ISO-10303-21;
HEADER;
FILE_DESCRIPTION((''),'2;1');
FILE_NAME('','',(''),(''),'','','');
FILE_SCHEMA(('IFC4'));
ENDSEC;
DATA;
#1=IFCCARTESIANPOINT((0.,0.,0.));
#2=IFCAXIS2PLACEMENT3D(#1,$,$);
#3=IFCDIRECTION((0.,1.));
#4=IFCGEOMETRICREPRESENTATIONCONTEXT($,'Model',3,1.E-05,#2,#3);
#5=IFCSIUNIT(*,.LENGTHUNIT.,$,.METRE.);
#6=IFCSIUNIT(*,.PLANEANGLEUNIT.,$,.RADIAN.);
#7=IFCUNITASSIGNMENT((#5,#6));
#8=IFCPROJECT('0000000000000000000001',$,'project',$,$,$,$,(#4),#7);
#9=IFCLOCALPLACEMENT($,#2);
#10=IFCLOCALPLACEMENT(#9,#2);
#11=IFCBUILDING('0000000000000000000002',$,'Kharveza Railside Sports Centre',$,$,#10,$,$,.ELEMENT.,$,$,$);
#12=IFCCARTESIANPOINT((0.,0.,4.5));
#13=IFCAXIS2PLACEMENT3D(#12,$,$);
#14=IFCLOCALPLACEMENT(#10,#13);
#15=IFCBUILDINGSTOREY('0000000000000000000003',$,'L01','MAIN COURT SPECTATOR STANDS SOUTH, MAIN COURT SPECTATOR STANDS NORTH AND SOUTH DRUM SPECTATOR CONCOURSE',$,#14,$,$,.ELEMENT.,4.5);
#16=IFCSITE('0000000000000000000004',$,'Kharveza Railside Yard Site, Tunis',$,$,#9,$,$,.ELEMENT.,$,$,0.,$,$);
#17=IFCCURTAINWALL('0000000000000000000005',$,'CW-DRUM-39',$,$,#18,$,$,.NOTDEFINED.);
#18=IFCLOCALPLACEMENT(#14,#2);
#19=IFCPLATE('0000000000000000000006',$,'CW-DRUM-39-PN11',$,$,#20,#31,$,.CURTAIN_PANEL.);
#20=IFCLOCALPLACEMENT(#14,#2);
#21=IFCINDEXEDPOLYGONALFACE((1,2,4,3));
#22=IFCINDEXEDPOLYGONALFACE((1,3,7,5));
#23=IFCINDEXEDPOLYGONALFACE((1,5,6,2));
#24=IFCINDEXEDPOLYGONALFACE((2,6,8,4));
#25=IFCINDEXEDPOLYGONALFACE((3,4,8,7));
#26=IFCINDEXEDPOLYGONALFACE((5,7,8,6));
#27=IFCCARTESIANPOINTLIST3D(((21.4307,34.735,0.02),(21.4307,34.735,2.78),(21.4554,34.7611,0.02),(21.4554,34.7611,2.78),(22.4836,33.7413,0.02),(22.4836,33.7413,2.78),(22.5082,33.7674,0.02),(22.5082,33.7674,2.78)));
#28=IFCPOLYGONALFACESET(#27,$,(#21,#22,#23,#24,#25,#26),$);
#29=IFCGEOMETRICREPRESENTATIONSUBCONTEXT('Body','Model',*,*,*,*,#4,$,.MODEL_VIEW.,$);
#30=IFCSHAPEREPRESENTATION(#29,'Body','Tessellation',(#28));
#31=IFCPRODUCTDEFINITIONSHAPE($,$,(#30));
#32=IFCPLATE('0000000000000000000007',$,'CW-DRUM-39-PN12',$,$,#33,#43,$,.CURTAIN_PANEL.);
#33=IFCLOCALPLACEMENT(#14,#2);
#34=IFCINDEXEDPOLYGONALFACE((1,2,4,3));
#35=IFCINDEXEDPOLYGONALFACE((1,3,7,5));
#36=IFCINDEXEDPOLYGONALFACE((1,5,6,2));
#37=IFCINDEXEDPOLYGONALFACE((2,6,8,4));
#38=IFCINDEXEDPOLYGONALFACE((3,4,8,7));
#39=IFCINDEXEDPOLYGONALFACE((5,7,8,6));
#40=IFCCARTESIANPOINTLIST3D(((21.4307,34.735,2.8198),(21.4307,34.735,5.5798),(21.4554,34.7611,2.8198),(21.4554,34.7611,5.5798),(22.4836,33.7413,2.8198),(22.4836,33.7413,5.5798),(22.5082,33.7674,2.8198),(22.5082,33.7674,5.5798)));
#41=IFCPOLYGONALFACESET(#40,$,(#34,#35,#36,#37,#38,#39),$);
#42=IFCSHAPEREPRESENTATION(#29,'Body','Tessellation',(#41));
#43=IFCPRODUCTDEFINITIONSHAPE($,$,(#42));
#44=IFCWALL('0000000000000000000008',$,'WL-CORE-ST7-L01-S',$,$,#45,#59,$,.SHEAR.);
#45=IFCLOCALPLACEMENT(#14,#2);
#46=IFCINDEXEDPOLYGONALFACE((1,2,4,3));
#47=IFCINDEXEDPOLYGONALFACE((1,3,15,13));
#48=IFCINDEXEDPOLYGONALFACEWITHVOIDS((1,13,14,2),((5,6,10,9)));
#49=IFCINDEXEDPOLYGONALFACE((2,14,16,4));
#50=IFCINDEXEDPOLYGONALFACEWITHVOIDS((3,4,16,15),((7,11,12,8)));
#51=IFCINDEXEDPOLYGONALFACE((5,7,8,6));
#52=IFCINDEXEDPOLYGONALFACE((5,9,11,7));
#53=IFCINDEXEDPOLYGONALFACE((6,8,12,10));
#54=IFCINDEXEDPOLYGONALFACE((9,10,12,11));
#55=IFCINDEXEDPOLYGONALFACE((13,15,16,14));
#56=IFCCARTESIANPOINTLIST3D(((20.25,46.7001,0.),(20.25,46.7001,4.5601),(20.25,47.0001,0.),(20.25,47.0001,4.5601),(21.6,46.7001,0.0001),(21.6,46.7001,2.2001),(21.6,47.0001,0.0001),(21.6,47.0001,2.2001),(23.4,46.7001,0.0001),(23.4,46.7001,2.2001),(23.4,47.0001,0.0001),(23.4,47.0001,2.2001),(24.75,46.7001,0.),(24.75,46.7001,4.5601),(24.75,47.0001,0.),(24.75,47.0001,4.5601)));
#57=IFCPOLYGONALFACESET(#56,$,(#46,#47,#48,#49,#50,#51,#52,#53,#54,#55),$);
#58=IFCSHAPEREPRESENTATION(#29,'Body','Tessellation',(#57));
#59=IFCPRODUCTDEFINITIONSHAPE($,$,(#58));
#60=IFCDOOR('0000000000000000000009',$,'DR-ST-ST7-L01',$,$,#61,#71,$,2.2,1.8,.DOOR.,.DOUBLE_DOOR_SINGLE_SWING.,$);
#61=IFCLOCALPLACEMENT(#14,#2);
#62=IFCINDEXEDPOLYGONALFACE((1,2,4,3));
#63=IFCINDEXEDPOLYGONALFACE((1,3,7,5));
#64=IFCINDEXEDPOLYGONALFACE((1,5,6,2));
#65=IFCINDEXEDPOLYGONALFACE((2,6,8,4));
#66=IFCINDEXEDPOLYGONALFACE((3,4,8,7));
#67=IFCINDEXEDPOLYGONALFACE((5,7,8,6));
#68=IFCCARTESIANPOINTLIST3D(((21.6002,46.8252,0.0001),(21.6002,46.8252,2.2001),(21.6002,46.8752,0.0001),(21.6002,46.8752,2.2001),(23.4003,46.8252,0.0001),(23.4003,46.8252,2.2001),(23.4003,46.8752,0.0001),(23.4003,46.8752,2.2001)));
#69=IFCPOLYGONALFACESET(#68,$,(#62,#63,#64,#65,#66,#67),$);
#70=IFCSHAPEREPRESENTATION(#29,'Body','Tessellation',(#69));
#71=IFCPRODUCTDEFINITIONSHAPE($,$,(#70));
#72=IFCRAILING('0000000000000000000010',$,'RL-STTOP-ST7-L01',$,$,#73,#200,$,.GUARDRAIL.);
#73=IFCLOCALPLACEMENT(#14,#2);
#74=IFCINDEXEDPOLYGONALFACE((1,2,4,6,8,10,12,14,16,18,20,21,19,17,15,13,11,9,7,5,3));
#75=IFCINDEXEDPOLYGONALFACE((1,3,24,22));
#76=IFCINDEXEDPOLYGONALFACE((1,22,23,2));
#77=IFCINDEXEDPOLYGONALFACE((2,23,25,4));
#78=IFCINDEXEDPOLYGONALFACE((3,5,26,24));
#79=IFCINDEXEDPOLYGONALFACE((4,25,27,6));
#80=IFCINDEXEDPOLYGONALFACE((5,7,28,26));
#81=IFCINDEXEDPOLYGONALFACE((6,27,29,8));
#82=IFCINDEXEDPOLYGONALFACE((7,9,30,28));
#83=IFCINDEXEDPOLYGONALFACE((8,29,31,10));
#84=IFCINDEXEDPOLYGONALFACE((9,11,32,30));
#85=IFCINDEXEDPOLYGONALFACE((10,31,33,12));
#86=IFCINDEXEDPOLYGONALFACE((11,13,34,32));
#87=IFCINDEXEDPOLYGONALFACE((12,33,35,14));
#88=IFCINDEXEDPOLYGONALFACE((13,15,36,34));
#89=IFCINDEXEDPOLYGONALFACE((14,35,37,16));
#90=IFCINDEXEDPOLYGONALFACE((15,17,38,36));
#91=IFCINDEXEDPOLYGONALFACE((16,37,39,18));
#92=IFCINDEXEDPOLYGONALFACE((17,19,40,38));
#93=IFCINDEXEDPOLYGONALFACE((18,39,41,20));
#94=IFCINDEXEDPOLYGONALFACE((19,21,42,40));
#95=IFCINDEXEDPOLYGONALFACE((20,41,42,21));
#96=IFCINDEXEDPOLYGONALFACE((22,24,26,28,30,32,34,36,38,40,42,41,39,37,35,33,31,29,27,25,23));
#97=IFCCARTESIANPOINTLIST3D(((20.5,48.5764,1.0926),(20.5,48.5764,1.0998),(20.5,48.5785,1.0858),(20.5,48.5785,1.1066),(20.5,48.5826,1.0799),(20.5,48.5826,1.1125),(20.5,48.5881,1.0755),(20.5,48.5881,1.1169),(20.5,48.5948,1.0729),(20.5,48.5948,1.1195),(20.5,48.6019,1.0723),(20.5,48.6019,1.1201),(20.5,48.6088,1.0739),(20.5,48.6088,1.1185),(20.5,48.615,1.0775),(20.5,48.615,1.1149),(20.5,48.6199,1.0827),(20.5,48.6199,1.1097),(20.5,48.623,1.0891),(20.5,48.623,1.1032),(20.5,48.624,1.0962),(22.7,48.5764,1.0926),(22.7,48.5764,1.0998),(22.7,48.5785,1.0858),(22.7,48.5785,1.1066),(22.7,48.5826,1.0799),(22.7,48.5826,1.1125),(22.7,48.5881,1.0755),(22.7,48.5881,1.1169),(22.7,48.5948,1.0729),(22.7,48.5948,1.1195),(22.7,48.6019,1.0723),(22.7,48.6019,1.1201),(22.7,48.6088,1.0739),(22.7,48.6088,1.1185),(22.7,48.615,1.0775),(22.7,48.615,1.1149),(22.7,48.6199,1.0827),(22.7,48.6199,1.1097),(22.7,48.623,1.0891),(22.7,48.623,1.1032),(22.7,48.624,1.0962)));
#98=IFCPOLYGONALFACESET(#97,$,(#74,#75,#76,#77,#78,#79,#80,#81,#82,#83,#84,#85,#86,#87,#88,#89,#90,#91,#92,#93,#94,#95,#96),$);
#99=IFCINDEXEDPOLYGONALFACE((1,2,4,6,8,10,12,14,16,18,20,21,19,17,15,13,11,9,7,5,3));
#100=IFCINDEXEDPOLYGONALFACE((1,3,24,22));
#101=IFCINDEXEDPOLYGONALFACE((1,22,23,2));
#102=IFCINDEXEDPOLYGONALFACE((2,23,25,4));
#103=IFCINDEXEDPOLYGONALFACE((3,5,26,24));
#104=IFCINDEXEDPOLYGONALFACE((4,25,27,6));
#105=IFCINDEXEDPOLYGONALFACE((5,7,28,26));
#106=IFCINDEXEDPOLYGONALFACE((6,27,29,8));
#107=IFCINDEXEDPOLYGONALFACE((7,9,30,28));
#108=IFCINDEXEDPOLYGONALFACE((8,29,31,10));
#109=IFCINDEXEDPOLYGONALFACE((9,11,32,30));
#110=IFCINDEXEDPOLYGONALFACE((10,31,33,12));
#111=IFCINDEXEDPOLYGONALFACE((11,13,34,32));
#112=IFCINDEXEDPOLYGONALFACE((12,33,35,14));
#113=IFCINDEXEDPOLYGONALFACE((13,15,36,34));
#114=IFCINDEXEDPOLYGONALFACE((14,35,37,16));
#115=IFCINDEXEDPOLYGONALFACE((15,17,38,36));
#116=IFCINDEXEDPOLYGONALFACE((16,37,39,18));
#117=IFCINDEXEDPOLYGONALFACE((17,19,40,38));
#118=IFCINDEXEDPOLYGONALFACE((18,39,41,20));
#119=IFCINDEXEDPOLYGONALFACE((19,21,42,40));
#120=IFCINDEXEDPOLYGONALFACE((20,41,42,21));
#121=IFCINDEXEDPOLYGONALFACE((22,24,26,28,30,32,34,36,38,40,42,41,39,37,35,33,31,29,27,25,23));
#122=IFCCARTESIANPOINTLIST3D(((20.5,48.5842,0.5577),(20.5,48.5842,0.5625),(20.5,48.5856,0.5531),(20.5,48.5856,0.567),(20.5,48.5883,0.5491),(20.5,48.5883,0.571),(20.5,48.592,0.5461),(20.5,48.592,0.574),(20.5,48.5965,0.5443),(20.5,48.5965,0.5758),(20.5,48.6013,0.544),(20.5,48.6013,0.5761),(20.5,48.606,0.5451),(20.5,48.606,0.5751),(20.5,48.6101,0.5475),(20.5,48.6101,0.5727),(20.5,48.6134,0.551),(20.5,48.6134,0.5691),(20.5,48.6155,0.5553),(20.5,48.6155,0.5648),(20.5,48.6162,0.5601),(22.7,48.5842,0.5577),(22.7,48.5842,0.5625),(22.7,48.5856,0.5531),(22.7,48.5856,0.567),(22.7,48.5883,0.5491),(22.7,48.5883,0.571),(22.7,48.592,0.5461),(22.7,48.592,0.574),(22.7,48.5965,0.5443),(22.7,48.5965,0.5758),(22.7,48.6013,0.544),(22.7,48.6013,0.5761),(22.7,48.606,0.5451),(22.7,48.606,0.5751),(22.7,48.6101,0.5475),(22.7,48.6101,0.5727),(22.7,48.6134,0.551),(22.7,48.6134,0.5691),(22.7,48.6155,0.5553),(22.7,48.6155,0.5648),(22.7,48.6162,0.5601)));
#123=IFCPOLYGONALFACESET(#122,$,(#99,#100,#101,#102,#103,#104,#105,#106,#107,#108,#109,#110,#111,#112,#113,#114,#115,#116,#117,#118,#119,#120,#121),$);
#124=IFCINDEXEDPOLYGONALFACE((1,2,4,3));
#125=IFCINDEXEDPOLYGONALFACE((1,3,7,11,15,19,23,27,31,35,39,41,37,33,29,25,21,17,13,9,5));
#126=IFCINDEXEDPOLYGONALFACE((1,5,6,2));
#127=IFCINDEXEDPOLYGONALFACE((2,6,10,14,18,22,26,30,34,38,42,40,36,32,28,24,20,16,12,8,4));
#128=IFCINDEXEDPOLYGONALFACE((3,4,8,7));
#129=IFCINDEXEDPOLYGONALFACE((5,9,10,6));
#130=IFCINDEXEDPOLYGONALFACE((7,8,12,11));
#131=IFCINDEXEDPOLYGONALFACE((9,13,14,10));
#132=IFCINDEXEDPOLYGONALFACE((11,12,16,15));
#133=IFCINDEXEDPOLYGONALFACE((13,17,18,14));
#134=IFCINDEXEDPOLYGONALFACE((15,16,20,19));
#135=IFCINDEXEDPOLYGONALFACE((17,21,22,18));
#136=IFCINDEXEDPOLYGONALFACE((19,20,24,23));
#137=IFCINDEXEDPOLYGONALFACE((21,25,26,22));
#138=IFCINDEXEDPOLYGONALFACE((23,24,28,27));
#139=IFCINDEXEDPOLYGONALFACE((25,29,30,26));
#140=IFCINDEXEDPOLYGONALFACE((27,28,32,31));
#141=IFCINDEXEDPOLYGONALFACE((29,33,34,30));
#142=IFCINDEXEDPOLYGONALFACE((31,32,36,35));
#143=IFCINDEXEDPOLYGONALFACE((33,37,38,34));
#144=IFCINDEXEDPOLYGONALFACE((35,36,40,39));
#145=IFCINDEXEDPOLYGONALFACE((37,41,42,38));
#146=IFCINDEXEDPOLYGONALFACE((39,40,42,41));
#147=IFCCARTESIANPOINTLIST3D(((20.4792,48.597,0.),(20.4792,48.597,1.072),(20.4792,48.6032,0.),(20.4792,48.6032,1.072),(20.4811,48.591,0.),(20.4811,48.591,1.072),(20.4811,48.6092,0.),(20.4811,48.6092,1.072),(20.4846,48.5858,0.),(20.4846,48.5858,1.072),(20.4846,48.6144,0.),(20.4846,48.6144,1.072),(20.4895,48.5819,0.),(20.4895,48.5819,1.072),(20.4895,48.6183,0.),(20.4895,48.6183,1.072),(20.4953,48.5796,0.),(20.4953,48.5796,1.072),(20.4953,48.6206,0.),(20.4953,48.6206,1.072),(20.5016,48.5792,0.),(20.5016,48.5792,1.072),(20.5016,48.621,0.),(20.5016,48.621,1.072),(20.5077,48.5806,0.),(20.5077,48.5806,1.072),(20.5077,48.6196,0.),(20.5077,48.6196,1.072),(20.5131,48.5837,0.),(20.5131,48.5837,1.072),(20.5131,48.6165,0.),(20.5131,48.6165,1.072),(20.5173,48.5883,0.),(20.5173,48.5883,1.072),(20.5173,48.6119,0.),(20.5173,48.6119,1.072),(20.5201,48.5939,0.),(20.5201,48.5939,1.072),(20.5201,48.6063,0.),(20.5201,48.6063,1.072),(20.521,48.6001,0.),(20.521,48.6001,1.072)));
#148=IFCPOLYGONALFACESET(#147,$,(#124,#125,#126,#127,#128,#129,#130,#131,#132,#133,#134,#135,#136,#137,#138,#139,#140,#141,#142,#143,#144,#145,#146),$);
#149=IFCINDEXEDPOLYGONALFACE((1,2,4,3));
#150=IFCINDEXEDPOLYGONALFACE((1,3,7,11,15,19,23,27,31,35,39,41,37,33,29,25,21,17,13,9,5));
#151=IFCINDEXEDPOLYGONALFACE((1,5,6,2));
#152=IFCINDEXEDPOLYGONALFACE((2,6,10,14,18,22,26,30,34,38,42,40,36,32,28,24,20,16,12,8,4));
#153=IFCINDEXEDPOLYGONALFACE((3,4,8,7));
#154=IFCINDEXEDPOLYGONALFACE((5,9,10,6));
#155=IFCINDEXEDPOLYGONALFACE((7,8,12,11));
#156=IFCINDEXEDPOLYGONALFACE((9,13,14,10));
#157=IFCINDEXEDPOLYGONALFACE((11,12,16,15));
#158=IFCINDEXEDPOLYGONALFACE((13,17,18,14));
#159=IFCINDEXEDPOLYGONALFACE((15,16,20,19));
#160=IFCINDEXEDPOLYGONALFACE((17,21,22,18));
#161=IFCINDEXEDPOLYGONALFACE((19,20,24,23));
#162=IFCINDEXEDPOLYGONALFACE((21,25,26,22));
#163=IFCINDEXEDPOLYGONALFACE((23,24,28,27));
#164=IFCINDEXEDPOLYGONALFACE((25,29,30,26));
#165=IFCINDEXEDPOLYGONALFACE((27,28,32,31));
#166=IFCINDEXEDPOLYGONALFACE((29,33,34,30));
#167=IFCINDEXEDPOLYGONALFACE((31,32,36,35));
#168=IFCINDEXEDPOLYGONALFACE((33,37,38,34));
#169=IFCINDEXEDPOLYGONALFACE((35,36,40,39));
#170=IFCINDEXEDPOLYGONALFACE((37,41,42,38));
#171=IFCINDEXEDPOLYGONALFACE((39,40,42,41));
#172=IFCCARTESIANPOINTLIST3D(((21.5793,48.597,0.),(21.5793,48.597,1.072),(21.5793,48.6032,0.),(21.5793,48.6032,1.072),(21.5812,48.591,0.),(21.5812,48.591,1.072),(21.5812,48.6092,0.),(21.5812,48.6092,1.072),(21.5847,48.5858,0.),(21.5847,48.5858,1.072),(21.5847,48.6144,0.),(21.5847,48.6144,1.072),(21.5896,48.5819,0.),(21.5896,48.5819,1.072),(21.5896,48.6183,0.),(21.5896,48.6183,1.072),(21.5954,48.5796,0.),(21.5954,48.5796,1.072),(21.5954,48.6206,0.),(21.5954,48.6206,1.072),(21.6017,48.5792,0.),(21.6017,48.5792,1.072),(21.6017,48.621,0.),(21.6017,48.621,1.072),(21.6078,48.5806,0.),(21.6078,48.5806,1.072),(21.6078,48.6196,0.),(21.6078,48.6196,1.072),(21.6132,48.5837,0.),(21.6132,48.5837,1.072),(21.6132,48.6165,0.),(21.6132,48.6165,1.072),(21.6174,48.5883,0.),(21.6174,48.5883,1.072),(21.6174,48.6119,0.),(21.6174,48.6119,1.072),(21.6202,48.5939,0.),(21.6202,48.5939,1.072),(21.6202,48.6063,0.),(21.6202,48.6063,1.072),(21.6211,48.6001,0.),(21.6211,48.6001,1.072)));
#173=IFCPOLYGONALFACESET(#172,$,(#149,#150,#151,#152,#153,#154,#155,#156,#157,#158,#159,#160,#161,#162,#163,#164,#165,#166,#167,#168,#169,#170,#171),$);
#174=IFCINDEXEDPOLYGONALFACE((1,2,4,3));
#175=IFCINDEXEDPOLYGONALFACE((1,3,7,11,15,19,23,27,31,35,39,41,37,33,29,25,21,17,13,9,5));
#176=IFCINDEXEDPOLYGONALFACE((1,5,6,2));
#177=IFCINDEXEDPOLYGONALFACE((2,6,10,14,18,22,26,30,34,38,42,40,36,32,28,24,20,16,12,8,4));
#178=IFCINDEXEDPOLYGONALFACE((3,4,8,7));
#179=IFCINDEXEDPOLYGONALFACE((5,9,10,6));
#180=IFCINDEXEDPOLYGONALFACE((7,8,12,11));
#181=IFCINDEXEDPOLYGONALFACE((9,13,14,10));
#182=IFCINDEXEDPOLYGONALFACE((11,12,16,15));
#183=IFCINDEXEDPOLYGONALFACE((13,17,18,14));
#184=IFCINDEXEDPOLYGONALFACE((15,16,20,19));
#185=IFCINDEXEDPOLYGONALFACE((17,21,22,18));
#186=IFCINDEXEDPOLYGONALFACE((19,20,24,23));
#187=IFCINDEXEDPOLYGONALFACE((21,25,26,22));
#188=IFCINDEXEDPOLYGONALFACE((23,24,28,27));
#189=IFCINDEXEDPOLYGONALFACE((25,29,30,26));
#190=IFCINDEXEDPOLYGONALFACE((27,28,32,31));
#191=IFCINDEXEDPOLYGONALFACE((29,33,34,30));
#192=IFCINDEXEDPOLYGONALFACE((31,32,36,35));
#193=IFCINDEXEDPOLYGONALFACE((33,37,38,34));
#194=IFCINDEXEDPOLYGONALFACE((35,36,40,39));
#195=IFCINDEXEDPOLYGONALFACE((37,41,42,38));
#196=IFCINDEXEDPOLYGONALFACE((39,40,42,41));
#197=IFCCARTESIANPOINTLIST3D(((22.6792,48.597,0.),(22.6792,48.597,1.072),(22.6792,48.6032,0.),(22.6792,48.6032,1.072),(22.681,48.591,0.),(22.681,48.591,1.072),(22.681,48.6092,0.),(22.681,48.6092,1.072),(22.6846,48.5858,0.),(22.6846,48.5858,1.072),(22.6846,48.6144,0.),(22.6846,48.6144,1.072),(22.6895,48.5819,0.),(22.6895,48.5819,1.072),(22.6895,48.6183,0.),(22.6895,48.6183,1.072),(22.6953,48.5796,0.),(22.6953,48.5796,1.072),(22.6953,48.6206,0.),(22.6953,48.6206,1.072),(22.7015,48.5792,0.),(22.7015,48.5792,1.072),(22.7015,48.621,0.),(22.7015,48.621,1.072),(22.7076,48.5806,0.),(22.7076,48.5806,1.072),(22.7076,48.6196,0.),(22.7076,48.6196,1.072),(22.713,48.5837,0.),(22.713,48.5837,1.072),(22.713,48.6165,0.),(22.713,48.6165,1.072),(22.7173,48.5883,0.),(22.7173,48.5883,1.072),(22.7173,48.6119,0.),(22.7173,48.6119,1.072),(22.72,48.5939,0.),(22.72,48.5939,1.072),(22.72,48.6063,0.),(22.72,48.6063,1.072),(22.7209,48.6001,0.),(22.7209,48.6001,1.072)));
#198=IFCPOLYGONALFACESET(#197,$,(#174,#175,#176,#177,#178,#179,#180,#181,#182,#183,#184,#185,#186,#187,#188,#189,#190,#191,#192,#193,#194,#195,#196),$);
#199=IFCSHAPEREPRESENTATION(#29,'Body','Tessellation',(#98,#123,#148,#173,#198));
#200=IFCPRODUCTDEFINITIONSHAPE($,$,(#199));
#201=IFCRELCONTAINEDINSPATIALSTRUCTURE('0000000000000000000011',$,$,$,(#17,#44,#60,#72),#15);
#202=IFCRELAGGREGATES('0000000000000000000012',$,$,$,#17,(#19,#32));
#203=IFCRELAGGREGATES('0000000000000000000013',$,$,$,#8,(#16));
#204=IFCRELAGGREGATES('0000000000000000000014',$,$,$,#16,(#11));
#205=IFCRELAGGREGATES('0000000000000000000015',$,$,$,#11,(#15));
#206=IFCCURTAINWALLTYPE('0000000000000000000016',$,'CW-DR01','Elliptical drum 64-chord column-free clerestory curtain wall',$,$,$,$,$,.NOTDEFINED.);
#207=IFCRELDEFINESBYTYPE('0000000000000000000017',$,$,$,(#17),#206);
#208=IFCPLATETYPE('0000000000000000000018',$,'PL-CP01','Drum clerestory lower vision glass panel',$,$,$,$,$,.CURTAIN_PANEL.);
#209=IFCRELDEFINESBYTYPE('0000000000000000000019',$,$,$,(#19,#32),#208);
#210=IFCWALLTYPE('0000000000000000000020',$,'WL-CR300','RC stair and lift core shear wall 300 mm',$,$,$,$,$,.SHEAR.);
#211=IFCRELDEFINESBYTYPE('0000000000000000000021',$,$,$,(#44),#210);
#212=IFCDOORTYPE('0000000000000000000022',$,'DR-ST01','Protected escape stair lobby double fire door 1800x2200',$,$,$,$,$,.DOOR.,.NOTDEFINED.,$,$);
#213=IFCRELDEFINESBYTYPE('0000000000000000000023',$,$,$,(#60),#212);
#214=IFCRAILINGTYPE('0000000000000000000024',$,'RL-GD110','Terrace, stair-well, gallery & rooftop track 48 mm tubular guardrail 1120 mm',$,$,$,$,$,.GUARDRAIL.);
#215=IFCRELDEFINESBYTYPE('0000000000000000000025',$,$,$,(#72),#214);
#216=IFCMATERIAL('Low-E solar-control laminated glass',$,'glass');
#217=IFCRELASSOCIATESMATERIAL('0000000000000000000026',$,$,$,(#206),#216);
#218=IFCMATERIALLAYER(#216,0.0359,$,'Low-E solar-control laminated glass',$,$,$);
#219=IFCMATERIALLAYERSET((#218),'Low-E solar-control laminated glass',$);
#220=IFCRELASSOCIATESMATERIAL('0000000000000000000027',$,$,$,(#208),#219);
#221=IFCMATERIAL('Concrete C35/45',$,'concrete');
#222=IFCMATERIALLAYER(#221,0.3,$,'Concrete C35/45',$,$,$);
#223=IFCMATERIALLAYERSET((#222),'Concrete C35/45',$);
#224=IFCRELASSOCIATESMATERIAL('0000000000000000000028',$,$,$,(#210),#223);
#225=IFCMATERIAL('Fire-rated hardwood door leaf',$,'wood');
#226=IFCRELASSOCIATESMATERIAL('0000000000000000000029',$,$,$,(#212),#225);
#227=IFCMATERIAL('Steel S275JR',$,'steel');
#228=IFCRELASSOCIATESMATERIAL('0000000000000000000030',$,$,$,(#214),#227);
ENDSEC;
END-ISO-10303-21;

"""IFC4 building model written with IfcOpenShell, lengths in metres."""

from ifc_helpers import new_model, si_unit, direction, frame, frame_2d, origin, origin_2d, place, context, subcontext, project, spatial, rectangle, circle, extrude, material, layer, layer_set, type_object, element, fill, aggregate, save


model = new_model("IFC4")

# Units and contexts
model_context = context("Model", 3, precision=1e-05, world=origin(), true_north=direction((0.0, 1.0)))
body_context = subcontext(model_context, "Body", "Model", "MODEL_VIEW")
ifc_project = project(units=[si_unit("LENGTHUNIT", "METRE"), si_unit("PLANEANGLEUNIT", "RADIAN")], contexts=[model_context])

# Site, building, storey
site_placement = place(None, origin())
site = spatial("IfcSite", under=ifc_project, at=site_placement, Name="Kharveza Railside Yard Site, Tunis", CompositionType="ELEMENT", RefElevation=0.0)
building_placement = place(site_placement, origin())
building = spatial("IfcBuilding", under=site, at=building_placement, Name="Kharveza Railside Sports Centre", CompositionType="ELEMENT")
storey_placement = place(building_placement, frame((0.0, 0.0, 4.5)))
storey = spatial("IfcBuildingStorey", under=building, at=storey_placement, Name="L01", Description="MAIN COURT SPECTATOR STANDS SOUTH, MAIN COURT SPECTATOR STANDS NORTH AND SOUTH DRUM SPECTATOR CONCOURSE", CompositionType="ELEMENT", Elevation=4.5)

# Shared definitions
ifc_material_1 = material(Name="Low-E solar-control laminated glass", Category="glass")
curtain_wall_type = type_object("IfcCurtainWallType", Name="CW-DR01", Description="Elliptical drum 64-chord column-free clerestory curtain wall", PredefinedType="NOTDEFINED", material=ifc_material_1)

# Curtain wall
curtain_wall_1_placement = place(storey_placement, origin())
curtain_wall_1 = element("IfcCurtainWall", 1, at=curtain_wall_1_placement, inside=storey, type_object=curtain_wall_type, Name="CW-DRUM-39", PredefinedType="NOTDEFINED")

# Plates
ifc_layer_1 = layer(ifc_material_1, 0.0359, Name="Low-E solar-control laminated glass")
ifc_layer_set_1 = layer_set([ifc_layer_1], Name="Low-E solar-control laminated glass")
plate_type = type_object("IfcPlateType", Name="PL-CP01", Description="Drum clerestory lower vision glass panel", PredefinedType="CURTAIN_PANEL", material=ifc_layer_set_1)
plate_1_placement = place(storey_placement, frame((21.9695, 34.2512, 0.02), z_axis=(0.0, 0.0, 1.0), x_axis=(0.727234, -0.68639, 0.0)))
plate_1 = element("IfcPlate", 2, at=plate_1_placement, type_object=plate_type, Name="CW-DRUM-39-PN11", PredefinedType="CURTAIN_PANEL", context=body_context, shape_type="SweptSolid", body=[
    extrude(rectangle(XDim=1.4478, YDim=0.0359, at=origin_2d()), origin(), (0.0, 0.0, 1.0), 2.76),
])
plate_2_placement = place(storey_placement, frame((21.9695, 34.2512, 2.8198), z_axis=(0.0, 0.0, 1.0), x_axis=(0.727234, -0.68639, 0.0)))
plate_2 = element("IfcPlate", 3, at=plate_2_placement, type_object=plate_type, Name="CW-DRUM-39-PN12", PredefinedType="CURTAIN_PANEL", context=body_context, shape_type="SweptSolid", body=[
    extrude(rectangle(XDim=1.4478, YDim=0.0359, at=origin_2d()), origin(), (0.0, 0.0, 1.0), 2.76),
])
aggregate(curtain_wall_1, [plate_1, plate_2])

# Wall, opening, door
ifc_material_2 = material(Name="Concrete C35/45", Category="concrete")
ifc_layer_2 = layer(ifc_material_2, 0.3, Name="Concrete C35/45")
ifc_layer_set_2 = layer_set([ifc_layer_2], Name="Concrete C35/45")
wall_type = type_object("IfcWallType", Name="WL-CR300", Description="RC stair and lift core shear wall 300 mm", PredefinedType="SHEAR", material=ifc_layer_set_2)
wall_placement = place(storey_placement, frame((20.25, 46.8501, 0.0), z_axis=(0.0, 0.0, 1.0), x_axis=(1.0, 0.0, 0.0)))
wall = element("IfcWall", 4, at=wall_placement, inside=storey, type_object=wall_type, Name="WL-CORE-ST7-L01-S", PredefinedType="SHEAR", context=body_context, shape_type="SweptSolid", body=[
    extrude(rectangle(XDim=4.5, YDim=0.3, at=frame_2d((2.25, 0.0))), origin(), (0.0, 0.0, 1.0), 4.5601),
])
opening_placement = place(wall_placement, frame((1.3501, 0.0, 0.0)))
opening = element("IfcOpeningElement", 5, at=opening_placement, cuts=wall, PredefinedType="OPENING", context=body_context, shape_type="SweptSolid", body=[
    extrude(rectangle(XDim=1.8, YDim=2.2, at=frame_2d((0.8999, 1.1001))), frame((0.0, 0.1748, 0.0), z_axis=(0.0, -1.0, 0.0), x_axis=(1.0, 0.0, 0.0)), (0.0, 0.0, 1.0), 0.3499),
])
ifc_material_3 = material(Name="Fire-rated hardwood door leaf", Category="wood")
door_type = type_object("IfcDoorType", Name="DR-ST01", Description="Protected escape stair lobby double fire door 1800x2200", OperationType="NOTDEFINED", PredefinedType="DOOR", material=ifc_material_3)
door_placement = place(opening_placement, frame((1.8, 0.0, 0.0), z_axis=(0.0, 0.0, 1.0), x_axis=(-1.0, 0.0, 0.0)))
door = element("IfcDoor", 6, at=door_placement, inside=storey, type_object=door_type, Name="DR-ST-ST7-L01", OperationType="DOUBLE_DOOR_SINGLE_SWING", OverallHeight=2.2, OverallWidth=1.8, PredefinedType="DOOR", context=body_context, shape_type="SweptSolid", body=[
    extrude(rectangle(XDim=1.8, YDim=2.2, at=frame_2d((0.8999, 1.1001))), frame((0.0, 0.0249, 0.0), z_axis=(0.0, -1.0, 0.0), x_axis=(1.0, 0.0, 0.0)), (0.0, 0.0, 1.0), 0.05),
])
fill(opening, door)

# Railing
ifc_material_4 = material(Name="Steel S275JR", Category="steel")
railing_type = type_object("IfcRailingType", Name="RL-GD110", Description="Terrace, stair-well, gallery & rooftop track 48 mm tubular guardrail 1120 mm", PredefinedType="GUARDRAIL", material=ifc_material_4)
railing_placement = place(storey_placement, frame((20.5, 48.6001, 0.0)))
element("IfcRailing", 7, at=railing_placement, inside=storey, type_object=railing_type, Name="RL-STTOP-ST7-L01", PredefinedType="GUARDRAIL", context=body_context, shape_type="SweptSolid", body=[
    extrude(circle(Radius=0.0239, at=origin_2d()), frame((0.0, 0.0, 1.0962), z_axis=(1.0, 0.0, 0.0), x_axis=(0.0, 1.0, 0.0)), (0.0, 0.0, 1.0), 2.2),
    extrude(circle(Radius=0.0161, at=origin_2d()), frame((0.0, 0.0, 0.5601), z_axis=(1.0, 0.0, 0.0), x_axis=(0.0, 1.0, 0.0)), (0.0, 0.0, 1.0), 2.2),
    extrude(circle(Radius=0.021, at=origin_2d()), origin(), (0.0, 0.0, 1.0), 1.072),
    extrude(circle(Radius=0.021, at=origin_2d()), frame((1.1001, 0.0, 0.0)), (0.0, 0.0, 1.0), 1.072),
    extrude(circle(Radius=0.021, at=origin_2d()), frame((2.2, 0.0, 0.0)), (0.0, 0.0, 1.0), 1.072),
])

save(model, "model.ifc")
